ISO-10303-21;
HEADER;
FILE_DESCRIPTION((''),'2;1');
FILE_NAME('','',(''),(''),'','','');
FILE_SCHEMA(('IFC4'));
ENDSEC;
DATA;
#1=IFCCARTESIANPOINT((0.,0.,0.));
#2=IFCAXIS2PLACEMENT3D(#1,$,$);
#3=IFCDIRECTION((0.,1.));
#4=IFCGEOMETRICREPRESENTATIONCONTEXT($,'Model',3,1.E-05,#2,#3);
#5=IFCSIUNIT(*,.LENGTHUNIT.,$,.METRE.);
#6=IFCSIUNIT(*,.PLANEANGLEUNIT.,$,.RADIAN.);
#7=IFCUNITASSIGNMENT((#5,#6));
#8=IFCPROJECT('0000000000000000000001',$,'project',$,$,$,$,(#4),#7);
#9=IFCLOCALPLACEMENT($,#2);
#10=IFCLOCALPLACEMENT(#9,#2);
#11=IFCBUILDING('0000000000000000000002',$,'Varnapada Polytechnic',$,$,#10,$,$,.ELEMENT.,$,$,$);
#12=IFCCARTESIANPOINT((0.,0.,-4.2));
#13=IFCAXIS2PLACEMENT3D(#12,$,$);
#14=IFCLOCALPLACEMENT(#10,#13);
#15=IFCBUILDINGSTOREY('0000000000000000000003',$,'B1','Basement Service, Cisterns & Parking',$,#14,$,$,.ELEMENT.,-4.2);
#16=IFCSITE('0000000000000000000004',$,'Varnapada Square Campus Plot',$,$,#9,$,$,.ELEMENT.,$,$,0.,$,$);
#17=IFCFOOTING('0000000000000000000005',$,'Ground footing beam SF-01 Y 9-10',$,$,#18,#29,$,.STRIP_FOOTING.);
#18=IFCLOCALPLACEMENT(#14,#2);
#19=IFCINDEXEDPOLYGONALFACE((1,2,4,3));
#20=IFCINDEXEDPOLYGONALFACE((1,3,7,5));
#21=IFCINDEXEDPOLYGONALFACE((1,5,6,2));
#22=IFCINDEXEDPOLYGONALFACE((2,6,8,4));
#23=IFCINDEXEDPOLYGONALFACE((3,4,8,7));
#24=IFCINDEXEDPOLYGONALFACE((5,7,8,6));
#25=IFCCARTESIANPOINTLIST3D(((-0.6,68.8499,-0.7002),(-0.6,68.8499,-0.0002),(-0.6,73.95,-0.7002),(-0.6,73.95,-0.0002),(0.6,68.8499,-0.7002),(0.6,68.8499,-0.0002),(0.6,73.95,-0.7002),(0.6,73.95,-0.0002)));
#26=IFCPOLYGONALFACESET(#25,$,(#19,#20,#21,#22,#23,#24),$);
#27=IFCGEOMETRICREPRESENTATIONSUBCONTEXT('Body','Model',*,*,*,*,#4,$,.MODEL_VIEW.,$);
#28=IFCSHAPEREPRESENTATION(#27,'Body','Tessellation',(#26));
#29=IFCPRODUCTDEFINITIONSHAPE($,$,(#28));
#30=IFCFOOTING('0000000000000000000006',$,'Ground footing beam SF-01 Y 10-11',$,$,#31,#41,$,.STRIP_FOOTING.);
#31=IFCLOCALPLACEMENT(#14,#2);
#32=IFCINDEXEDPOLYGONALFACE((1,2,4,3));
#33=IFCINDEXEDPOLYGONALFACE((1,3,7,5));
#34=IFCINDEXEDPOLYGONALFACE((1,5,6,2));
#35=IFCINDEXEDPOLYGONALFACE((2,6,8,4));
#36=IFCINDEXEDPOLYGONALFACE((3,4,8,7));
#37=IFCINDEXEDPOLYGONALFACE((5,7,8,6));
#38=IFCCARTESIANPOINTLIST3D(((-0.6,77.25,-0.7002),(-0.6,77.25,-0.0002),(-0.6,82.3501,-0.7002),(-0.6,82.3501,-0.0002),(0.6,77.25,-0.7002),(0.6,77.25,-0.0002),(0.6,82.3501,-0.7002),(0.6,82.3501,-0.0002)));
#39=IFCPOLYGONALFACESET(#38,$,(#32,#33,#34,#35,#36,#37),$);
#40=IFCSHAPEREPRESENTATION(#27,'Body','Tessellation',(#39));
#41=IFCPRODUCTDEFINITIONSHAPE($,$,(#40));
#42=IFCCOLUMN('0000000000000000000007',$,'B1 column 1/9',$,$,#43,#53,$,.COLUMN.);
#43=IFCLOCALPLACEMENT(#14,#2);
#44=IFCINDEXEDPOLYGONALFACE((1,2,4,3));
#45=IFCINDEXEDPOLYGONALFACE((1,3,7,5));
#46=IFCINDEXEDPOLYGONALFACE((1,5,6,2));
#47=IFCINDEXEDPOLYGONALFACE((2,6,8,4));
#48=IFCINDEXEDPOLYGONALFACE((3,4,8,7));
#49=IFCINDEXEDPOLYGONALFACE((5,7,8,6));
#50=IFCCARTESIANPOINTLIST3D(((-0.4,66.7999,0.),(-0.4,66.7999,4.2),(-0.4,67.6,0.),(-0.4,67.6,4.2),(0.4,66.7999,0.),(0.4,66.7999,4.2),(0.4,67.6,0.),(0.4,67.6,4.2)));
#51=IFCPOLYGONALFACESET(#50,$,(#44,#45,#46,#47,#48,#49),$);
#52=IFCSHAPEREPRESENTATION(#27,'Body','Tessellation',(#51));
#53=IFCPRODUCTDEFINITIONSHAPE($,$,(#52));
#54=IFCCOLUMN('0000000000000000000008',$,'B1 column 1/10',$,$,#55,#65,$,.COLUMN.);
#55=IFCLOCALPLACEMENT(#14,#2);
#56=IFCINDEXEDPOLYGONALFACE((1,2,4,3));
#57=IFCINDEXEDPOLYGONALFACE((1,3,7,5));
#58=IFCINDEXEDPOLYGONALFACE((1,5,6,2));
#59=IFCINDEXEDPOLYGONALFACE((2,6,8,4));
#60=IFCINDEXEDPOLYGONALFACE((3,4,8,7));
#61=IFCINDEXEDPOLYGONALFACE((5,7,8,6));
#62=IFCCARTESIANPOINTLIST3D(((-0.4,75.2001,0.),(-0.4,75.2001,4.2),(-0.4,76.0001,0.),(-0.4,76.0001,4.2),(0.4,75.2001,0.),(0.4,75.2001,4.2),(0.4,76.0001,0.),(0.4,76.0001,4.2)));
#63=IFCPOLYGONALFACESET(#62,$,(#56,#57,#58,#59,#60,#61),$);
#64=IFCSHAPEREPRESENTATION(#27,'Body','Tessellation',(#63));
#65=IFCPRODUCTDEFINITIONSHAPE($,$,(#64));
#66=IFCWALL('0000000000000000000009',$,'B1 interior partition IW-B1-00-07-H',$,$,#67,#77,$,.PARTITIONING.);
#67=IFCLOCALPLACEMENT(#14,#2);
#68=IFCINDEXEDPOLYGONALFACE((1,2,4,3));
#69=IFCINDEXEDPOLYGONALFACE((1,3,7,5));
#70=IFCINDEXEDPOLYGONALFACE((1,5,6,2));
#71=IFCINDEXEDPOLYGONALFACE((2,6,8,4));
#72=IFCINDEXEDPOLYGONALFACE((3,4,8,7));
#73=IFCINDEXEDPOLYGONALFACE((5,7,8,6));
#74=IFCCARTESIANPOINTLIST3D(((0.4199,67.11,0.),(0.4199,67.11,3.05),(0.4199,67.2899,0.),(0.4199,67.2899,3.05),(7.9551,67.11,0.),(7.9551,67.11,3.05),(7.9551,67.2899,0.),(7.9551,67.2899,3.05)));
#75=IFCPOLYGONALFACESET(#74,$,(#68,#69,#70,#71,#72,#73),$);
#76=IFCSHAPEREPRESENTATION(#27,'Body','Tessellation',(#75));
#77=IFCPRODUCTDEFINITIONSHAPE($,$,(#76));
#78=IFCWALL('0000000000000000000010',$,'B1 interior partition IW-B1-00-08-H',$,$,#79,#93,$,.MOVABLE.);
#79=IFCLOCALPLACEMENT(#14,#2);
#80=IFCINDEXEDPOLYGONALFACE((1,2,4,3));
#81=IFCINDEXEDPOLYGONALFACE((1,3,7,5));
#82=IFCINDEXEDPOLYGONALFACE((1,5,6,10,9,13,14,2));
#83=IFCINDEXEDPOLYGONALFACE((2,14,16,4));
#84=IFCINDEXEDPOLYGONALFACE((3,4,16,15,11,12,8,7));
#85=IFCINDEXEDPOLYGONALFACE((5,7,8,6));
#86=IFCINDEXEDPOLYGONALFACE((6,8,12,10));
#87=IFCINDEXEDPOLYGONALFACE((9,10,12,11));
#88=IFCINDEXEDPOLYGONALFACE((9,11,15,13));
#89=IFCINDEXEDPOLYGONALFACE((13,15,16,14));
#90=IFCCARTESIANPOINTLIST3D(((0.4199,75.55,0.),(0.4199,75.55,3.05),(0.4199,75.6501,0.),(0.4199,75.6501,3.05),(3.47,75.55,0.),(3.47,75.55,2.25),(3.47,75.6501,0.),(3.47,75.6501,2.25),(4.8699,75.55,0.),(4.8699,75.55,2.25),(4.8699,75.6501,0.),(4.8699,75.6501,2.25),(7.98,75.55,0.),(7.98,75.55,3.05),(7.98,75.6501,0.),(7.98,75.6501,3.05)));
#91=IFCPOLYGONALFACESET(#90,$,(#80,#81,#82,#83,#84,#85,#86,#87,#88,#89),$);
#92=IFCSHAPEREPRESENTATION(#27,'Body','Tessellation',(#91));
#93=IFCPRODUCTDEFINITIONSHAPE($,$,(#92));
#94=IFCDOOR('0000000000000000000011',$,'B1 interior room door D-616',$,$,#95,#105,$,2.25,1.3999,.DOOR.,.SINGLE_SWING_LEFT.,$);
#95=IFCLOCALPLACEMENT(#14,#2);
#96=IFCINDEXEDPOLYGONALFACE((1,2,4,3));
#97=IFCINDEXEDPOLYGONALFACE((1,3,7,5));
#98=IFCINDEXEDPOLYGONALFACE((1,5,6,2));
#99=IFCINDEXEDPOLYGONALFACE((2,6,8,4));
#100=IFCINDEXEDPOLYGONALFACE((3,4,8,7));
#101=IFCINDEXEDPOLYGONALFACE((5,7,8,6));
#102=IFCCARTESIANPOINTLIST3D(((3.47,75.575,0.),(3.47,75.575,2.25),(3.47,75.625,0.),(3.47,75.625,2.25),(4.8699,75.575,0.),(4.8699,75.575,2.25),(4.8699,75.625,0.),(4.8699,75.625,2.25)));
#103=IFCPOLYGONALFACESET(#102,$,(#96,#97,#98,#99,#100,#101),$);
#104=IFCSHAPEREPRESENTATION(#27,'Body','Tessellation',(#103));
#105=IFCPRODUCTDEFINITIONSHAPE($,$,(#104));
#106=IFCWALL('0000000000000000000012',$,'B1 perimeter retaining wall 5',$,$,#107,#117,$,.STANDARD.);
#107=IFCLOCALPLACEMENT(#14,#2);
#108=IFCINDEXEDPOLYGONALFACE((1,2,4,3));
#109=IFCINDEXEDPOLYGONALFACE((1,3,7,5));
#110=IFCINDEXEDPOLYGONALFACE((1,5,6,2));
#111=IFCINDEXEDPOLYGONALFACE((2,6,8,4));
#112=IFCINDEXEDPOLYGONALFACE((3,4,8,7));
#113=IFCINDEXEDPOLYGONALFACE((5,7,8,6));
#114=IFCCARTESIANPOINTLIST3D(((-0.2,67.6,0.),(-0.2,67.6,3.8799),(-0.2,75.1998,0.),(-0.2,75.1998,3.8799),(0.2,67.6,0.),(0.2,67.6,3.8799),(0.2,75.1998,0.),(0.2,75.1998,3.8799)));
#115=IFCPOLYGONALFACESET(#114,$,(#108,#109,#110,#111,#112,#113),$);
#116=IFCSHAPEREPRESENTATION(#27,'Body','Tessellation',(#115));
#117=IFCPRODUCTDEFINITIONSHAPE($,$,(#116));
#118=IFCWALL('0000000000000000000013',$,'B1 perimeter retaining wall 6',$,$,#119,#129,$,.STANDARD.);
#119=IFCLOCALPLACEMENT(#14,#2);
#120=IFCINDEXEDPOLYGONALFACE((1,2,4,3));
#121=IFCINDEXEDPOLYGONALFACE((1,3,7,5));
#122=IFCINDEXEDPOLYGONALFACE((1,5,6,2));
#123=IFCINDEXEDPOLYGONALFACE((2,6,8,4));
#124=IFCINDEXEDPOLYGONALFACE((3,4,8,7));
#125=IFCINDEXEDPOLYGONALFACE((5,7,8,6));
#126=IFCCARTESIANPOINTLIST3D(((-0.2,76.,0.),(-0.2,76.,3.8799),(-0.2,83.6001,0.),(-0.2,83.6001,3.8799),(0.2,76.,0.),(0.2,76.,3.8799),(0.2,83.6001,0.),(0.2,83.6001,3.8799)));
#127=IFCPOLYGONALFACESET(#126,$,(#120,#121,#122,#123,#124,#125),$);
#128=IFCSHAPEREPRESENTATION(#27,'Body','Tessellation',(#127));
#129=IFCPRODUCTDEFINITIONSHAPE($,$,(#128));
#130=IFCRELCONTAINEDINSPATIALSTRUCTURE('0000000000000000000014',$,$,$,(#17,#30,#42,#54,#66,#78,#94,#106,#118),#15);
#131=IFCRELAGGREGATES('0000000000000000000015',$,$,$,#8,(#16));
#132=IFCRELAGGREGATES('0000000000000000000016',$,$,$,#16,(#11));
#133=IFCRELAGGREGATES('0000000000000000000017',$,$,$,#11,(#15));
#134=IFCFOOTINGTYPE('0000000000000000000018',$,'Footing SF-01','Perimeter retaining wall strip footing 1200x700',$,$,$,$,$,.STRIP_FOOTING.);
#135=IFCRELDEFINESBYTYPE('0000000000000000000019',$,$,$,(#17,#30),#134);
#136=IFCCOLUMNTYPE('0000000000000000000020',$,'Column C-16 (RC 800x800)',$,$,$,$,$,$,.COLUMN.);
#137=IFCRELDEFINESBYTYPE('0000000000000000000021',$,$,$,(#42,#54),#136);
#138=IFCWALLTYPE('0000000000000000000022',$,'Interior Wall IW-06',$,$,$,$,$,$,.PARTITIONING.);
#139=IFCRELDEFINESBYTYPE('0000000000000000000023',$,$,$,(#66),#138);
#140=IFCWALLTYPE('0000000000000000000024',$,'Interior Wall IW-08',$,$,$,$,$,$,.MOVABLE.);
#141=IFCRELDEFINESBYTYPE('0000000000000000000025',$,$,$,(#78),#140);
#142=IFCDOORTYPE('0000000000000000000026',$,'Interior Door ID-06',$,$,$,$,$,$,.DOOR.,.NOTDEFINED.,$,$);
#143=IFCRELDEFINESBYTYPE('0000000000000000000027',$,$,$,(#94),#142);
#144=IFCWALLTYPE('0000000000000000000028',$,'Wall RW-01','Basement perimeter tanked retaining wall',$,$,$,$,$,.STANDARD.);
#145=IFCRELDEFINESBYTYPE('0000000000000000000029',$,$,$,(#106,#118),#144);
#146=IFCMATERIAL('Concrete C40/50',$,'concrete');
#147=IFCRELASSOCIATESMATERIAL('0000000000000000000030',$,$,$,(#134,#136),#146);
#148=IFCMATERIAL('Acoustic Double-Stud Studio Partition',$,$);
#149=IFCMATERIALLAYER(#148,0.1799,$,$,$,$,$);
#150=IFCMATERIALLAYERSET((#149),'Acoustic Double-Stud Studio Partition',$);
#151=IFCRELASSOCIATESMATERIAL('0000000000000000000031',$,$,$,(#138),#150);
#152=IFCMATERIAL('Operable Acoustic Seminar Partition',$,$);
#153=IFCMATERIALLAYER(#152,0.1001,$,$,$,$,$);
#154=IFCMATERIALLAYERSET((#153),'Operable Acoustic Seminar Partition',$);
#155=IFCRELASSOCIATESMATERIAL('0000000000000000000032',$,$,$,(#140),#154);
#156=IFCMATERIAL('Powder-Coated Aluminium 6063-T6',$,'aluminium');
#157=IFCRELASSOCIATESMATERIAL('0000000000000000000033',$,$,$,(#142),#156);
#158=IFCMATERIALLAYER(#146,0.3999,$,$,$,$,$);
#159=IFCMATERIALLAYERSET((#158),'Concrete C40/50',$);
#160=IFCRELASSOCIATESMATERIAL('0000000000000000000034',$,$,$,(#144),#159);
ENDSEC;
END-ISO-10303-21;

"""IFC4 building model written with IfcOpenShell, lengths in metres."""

from ifc_helpers import new_model, si_unit, direction, frame, frame_2d, origin, origin_2d, place, context, subcontext, project, spatial, rectangle, extrude, material, layer, layer_set, material_profile, profile_set, type_object, element, fill, save


model = new_model("IFC4")

# Units and contexts
model_context = context("Model", 3, precision=1e-05, world=origin(), true_north=direction((0.0, 1.0)))
body_context = subcontext(model_context, "Body", "Model", "MODEL_VIEW")
ifc_project = project(units=[si_unit("LENGTHUNIT", "METRE"), si_unit("PLANEANGLEUNIT", "RADIAN")], contexts=[model_context])

# Site, building, storey
site_placement = place(None, origin())
site = spatial("IfcSite", under=ifc_project, at=site_placement, Name="Varnapada Square Campus Plot", CompositionType="ELEMENT", RefElevation=0.0)
building_placement = place(site_placement, origin())
building = spatial("IfcBuilding", under=site, at=building_placement, Name="Varnapada Polytechnic", CompositionType="ELEMENT")
storey_placement = place(building_placement, frame((0.0, 0.0, -4.2)))
storey = spatial("IfcBuildingStorey", under=building, at=storey_placement, Name="B1", Description="Basement Service, Cisterns & Parking", CompositionType="ELEMENT", Elevation=-4.2)

# Shared definitions
ifc_material_1 = material(Name="Concrete C40/50", Category="concrete")

# Footings
footing_type_1 = type_object("IfcFootingType", Name="Footing SF-01", Description="Perimeter retaining wall strip footing 1200x700", PredefinedType="STRIP_FOOTING", material=ifc_material_1)
for number, where, z_axis, x_axis, name in (
    (1, (0.0, 71.3999, -0.7002), (0.0, 0.0, 1.0), (0.0, 1.0, 0.0), "Ground footing beam SF-01 Y 9-10"),
    (2, (0.0, 79.8, -0.7002), (0.0, 0.0, 1.0), (0.0, 1.0, 0.0), "Ground footing beam SF-01 Y 10-11"),
):
    element("IfcFooting", number, at=place(storey_placement, frame(where, z_axis=z_axis, x_axis=x_axis)), inside=storey, type_object=footing_type_1, Name=name, PredefinedType="STRIP_FOOTING", context=body_context, shape_type="SweptSolid", body=[
        extrude(rectangle(XDim=5.1001, YDim=1.2, at=origin_2d()), origin(), (0.0, 0.0, 1.0), 0.7),
    ])

# Columns
ifc_material_profile_1 = material_profile(ifc_material_1, rectangle(XDim=0.8, YDim=0.8, at=origin_2d()), Name="RC 800x800")
ifc_profile_set_1 = profile_set([ifc_material_profile_1], Name="Concrete C40/50")
column_type = type_object("IfcColumnType", Name="Column C-16 (RC 800x800)", PredefinedType="COLUMN", material=ifc_profile_set_1)
for number, where, z_axis, x_axis, name in (
    (3, (0.0, 67.2, 0.0), (0.0, 0.0, 1.0), (1.0, 0.0, 0.0), "B1 column 1/9"),
    (4, (0.0, 75.6001, 0.0), (0.0, 0.0, 1.0), (1.0, 0.0, 0.0), "B1 column 1/10"),
):
    element("IfcColumn", number, at=place(storey_placement, frame(where, z_axis=z_axis, x_axis=x_axis)), inside=storey, type_object=column_type, Name=name, PredefinedType="COLUMN", context=body_context, shape_type="SweptSolid", body=[
        extrude(rectangle(XDim=0.8, YDim=0.8, at=origin_2d()), origin(), (0.0, 0.0, 1.0), 4.2),
    ])

# Wall
ifc_material_2 = material(Name="Acoustic Double-Stud Studio Partition")
ifc_layer_1 = layer(ifc_material_2, 0.1799)
ifc_layer_set_1 = layer_set([ifc_layer_1], Name="Acoustic Double-Stud Studio Partition")
wall_type_1 = type_object("IfcWallType", Name="Interior Wall IW-06", PredefinedType="PARTITIONING", material=ifc_layer_set_1)
wall_1_placement = place(storey_placement, frame((0.4199, 67.2, 0.0), z_axis=(0.0, 0.0, 1.0), x_axis=(1.0, 0.0, 0.0)))
element("IfcWall", 5, at=wall_1_placement, inside=storey, type_object=wall_type_1, Name="B1 interior partition IW-B1-00-07-H", PredefinedType="PARTITIONING", context=body_context, shape_type="SweptSolid", body=[
    extrude(rectangle(XDim=7.5352, YDim=0.1799, at=frame_2d((3.7676, 0.0))), origin(), (0.0, 0.0, 1.0), 3.05),
])

# Wall, opening, door
ifc_material_3 = material(Name="Operable Acoustic Seminar Partition")
ifc_layer_2 = layer(ifc_material_3, 0.1001)
ifc_layer_set_2 = layer_set([ifc_layer_2], Name="Operable Acoustic Seminar Partition")
wall_type_2 = type_object("IfcWallType", Name="Interior Wall IW-08", PredefinedType="MOVABLE", material=ifc_layer_set_2)
wall_2_placement = place(storey_placement, frame((0.4199, 75.6001, 0.0), z_axis=(0.0, 0.0, 1.0), x_axis=(1.0, 0.0, 0.0)))
wall_2 = element("IfcWall", 6, at=wall_2_placement, inside=storey, type_object=wall_type_2, Name="B1 interior partition IW-B1-00-08-H", PredefinedType="MOVABLE", context=body_context, shape_type="SweptSolid", body=[
    extrude(rectangle(XDim=7.5601, YDim=0.1001, at=frame_2d((3.78, 0.0))), origin(), (0.0, 0.0, 1.0), 3.05),
])
opening_placement = place(wall_2_placement, frame((3.05, 0.0, 0.0)))
opening = element("IfcOpeningElement", 7, at=opening_placement, cuts=wall_2, PredefinedType="OPENING", context=body_context, shape_type="SweptSolid", body=[
    extrude(rectangle(XDim=1.3999, YDim=2.25, at=frame_2d((0.7, 1.125))), frame((0.0, 0.0601, 0.0), z_axis=(0.0, -1.0, 0.0), x_axis=(1.0, 0.0, 0.0)), (0.0, 0.0, 1.0), 0.1201),
])
ifc_material_4 = material(Name="Powder-Coated Aluminium 6063-T6", Category="aluminium")
door_type = type_object("IfcDoorType", Name="Interior Door ID-06", OperationType="NOTDEFINED", PredefinedType="DOOR", material=ifc_material_4)
door_placement = place(opening_placement, origin())
door = element("IfcDoor", 8, at=door_placement, inside=storey, type_object=door_type, Name="B1 interior room door D-616", OperationType="SINGLE_SWING_LEFT", OverallHeight=2.25, OverallWidth=1.3999, PredefinedType="DOOR", context=body_context, shape_type="SweptSolid", body=[
    extrude(rectangle(XDim=1.3999, YDim=2.25, at=frame_2d((0.7, 1.125))), frame((0.0, 0.0249, 0.0), z_axis=(0.0, -1.0, 0.0), x_axis=(1.0, 0.0, 0.0)), (0.0, 0.0, 1.0), 0.05),
])
fill(opening, door)

# Walls
ifc_layer_3 = layer(ifc_material_1, 0.3999)
ifc_layer_set_3 = layer_set([ifc_layer_3], Name="Concrete C40/50")
wall_type_3 = type_object("IfcWallType", Name="Wall RW-01", Description="Basement perimeter tanked retaining wall", PredefinedType="STANDARD", material=ifc_layer_set_3)
wall_3_placement = place(storey_placement, frame((0.0, 67.6001, 0.0), z_axis=(0.0, 0.0, 1.0), x_axis=(0.0, 1.0, 0.0)))
element("IfcWall", 9, at=wall_3_placement, inside=storey, type_object=wall_type_3, Name="B1 perimeter retaining wall 5", PredefinedType="STANDARD", context=body_context, shape_type="SweptSolid", body=[
    extrude(rectangle(XDim=7.5999, YDim=0.3999, at=frame_2d((3.7998, 0.0))), origin(), (0.0, 0.0, 1.0), 3.8799),
])
wall_4_placement = place(storey_placement, frame((0.0, 76.0, 0.0), z_axis=(0.0, 0.0, 1.0), x_axis=(0.0, 1.0, 0.0)))
element("IfcWall", 10, at=wall_4_placement, inside=storey, type_object=wall_type_3, Name="B1 perimeter retaining wall 6", PredefinedType="STANDARD", context=body_context, shape_type="SweptSolid", body=[
    extrude(rectangle(XDim=7.6001, YDim=0.3999, at=frame_2d((3.8, 0.0))), origin(), (0.0, 0.0, 1.0), 3.8799),
])

save(model, "model.ifc")
